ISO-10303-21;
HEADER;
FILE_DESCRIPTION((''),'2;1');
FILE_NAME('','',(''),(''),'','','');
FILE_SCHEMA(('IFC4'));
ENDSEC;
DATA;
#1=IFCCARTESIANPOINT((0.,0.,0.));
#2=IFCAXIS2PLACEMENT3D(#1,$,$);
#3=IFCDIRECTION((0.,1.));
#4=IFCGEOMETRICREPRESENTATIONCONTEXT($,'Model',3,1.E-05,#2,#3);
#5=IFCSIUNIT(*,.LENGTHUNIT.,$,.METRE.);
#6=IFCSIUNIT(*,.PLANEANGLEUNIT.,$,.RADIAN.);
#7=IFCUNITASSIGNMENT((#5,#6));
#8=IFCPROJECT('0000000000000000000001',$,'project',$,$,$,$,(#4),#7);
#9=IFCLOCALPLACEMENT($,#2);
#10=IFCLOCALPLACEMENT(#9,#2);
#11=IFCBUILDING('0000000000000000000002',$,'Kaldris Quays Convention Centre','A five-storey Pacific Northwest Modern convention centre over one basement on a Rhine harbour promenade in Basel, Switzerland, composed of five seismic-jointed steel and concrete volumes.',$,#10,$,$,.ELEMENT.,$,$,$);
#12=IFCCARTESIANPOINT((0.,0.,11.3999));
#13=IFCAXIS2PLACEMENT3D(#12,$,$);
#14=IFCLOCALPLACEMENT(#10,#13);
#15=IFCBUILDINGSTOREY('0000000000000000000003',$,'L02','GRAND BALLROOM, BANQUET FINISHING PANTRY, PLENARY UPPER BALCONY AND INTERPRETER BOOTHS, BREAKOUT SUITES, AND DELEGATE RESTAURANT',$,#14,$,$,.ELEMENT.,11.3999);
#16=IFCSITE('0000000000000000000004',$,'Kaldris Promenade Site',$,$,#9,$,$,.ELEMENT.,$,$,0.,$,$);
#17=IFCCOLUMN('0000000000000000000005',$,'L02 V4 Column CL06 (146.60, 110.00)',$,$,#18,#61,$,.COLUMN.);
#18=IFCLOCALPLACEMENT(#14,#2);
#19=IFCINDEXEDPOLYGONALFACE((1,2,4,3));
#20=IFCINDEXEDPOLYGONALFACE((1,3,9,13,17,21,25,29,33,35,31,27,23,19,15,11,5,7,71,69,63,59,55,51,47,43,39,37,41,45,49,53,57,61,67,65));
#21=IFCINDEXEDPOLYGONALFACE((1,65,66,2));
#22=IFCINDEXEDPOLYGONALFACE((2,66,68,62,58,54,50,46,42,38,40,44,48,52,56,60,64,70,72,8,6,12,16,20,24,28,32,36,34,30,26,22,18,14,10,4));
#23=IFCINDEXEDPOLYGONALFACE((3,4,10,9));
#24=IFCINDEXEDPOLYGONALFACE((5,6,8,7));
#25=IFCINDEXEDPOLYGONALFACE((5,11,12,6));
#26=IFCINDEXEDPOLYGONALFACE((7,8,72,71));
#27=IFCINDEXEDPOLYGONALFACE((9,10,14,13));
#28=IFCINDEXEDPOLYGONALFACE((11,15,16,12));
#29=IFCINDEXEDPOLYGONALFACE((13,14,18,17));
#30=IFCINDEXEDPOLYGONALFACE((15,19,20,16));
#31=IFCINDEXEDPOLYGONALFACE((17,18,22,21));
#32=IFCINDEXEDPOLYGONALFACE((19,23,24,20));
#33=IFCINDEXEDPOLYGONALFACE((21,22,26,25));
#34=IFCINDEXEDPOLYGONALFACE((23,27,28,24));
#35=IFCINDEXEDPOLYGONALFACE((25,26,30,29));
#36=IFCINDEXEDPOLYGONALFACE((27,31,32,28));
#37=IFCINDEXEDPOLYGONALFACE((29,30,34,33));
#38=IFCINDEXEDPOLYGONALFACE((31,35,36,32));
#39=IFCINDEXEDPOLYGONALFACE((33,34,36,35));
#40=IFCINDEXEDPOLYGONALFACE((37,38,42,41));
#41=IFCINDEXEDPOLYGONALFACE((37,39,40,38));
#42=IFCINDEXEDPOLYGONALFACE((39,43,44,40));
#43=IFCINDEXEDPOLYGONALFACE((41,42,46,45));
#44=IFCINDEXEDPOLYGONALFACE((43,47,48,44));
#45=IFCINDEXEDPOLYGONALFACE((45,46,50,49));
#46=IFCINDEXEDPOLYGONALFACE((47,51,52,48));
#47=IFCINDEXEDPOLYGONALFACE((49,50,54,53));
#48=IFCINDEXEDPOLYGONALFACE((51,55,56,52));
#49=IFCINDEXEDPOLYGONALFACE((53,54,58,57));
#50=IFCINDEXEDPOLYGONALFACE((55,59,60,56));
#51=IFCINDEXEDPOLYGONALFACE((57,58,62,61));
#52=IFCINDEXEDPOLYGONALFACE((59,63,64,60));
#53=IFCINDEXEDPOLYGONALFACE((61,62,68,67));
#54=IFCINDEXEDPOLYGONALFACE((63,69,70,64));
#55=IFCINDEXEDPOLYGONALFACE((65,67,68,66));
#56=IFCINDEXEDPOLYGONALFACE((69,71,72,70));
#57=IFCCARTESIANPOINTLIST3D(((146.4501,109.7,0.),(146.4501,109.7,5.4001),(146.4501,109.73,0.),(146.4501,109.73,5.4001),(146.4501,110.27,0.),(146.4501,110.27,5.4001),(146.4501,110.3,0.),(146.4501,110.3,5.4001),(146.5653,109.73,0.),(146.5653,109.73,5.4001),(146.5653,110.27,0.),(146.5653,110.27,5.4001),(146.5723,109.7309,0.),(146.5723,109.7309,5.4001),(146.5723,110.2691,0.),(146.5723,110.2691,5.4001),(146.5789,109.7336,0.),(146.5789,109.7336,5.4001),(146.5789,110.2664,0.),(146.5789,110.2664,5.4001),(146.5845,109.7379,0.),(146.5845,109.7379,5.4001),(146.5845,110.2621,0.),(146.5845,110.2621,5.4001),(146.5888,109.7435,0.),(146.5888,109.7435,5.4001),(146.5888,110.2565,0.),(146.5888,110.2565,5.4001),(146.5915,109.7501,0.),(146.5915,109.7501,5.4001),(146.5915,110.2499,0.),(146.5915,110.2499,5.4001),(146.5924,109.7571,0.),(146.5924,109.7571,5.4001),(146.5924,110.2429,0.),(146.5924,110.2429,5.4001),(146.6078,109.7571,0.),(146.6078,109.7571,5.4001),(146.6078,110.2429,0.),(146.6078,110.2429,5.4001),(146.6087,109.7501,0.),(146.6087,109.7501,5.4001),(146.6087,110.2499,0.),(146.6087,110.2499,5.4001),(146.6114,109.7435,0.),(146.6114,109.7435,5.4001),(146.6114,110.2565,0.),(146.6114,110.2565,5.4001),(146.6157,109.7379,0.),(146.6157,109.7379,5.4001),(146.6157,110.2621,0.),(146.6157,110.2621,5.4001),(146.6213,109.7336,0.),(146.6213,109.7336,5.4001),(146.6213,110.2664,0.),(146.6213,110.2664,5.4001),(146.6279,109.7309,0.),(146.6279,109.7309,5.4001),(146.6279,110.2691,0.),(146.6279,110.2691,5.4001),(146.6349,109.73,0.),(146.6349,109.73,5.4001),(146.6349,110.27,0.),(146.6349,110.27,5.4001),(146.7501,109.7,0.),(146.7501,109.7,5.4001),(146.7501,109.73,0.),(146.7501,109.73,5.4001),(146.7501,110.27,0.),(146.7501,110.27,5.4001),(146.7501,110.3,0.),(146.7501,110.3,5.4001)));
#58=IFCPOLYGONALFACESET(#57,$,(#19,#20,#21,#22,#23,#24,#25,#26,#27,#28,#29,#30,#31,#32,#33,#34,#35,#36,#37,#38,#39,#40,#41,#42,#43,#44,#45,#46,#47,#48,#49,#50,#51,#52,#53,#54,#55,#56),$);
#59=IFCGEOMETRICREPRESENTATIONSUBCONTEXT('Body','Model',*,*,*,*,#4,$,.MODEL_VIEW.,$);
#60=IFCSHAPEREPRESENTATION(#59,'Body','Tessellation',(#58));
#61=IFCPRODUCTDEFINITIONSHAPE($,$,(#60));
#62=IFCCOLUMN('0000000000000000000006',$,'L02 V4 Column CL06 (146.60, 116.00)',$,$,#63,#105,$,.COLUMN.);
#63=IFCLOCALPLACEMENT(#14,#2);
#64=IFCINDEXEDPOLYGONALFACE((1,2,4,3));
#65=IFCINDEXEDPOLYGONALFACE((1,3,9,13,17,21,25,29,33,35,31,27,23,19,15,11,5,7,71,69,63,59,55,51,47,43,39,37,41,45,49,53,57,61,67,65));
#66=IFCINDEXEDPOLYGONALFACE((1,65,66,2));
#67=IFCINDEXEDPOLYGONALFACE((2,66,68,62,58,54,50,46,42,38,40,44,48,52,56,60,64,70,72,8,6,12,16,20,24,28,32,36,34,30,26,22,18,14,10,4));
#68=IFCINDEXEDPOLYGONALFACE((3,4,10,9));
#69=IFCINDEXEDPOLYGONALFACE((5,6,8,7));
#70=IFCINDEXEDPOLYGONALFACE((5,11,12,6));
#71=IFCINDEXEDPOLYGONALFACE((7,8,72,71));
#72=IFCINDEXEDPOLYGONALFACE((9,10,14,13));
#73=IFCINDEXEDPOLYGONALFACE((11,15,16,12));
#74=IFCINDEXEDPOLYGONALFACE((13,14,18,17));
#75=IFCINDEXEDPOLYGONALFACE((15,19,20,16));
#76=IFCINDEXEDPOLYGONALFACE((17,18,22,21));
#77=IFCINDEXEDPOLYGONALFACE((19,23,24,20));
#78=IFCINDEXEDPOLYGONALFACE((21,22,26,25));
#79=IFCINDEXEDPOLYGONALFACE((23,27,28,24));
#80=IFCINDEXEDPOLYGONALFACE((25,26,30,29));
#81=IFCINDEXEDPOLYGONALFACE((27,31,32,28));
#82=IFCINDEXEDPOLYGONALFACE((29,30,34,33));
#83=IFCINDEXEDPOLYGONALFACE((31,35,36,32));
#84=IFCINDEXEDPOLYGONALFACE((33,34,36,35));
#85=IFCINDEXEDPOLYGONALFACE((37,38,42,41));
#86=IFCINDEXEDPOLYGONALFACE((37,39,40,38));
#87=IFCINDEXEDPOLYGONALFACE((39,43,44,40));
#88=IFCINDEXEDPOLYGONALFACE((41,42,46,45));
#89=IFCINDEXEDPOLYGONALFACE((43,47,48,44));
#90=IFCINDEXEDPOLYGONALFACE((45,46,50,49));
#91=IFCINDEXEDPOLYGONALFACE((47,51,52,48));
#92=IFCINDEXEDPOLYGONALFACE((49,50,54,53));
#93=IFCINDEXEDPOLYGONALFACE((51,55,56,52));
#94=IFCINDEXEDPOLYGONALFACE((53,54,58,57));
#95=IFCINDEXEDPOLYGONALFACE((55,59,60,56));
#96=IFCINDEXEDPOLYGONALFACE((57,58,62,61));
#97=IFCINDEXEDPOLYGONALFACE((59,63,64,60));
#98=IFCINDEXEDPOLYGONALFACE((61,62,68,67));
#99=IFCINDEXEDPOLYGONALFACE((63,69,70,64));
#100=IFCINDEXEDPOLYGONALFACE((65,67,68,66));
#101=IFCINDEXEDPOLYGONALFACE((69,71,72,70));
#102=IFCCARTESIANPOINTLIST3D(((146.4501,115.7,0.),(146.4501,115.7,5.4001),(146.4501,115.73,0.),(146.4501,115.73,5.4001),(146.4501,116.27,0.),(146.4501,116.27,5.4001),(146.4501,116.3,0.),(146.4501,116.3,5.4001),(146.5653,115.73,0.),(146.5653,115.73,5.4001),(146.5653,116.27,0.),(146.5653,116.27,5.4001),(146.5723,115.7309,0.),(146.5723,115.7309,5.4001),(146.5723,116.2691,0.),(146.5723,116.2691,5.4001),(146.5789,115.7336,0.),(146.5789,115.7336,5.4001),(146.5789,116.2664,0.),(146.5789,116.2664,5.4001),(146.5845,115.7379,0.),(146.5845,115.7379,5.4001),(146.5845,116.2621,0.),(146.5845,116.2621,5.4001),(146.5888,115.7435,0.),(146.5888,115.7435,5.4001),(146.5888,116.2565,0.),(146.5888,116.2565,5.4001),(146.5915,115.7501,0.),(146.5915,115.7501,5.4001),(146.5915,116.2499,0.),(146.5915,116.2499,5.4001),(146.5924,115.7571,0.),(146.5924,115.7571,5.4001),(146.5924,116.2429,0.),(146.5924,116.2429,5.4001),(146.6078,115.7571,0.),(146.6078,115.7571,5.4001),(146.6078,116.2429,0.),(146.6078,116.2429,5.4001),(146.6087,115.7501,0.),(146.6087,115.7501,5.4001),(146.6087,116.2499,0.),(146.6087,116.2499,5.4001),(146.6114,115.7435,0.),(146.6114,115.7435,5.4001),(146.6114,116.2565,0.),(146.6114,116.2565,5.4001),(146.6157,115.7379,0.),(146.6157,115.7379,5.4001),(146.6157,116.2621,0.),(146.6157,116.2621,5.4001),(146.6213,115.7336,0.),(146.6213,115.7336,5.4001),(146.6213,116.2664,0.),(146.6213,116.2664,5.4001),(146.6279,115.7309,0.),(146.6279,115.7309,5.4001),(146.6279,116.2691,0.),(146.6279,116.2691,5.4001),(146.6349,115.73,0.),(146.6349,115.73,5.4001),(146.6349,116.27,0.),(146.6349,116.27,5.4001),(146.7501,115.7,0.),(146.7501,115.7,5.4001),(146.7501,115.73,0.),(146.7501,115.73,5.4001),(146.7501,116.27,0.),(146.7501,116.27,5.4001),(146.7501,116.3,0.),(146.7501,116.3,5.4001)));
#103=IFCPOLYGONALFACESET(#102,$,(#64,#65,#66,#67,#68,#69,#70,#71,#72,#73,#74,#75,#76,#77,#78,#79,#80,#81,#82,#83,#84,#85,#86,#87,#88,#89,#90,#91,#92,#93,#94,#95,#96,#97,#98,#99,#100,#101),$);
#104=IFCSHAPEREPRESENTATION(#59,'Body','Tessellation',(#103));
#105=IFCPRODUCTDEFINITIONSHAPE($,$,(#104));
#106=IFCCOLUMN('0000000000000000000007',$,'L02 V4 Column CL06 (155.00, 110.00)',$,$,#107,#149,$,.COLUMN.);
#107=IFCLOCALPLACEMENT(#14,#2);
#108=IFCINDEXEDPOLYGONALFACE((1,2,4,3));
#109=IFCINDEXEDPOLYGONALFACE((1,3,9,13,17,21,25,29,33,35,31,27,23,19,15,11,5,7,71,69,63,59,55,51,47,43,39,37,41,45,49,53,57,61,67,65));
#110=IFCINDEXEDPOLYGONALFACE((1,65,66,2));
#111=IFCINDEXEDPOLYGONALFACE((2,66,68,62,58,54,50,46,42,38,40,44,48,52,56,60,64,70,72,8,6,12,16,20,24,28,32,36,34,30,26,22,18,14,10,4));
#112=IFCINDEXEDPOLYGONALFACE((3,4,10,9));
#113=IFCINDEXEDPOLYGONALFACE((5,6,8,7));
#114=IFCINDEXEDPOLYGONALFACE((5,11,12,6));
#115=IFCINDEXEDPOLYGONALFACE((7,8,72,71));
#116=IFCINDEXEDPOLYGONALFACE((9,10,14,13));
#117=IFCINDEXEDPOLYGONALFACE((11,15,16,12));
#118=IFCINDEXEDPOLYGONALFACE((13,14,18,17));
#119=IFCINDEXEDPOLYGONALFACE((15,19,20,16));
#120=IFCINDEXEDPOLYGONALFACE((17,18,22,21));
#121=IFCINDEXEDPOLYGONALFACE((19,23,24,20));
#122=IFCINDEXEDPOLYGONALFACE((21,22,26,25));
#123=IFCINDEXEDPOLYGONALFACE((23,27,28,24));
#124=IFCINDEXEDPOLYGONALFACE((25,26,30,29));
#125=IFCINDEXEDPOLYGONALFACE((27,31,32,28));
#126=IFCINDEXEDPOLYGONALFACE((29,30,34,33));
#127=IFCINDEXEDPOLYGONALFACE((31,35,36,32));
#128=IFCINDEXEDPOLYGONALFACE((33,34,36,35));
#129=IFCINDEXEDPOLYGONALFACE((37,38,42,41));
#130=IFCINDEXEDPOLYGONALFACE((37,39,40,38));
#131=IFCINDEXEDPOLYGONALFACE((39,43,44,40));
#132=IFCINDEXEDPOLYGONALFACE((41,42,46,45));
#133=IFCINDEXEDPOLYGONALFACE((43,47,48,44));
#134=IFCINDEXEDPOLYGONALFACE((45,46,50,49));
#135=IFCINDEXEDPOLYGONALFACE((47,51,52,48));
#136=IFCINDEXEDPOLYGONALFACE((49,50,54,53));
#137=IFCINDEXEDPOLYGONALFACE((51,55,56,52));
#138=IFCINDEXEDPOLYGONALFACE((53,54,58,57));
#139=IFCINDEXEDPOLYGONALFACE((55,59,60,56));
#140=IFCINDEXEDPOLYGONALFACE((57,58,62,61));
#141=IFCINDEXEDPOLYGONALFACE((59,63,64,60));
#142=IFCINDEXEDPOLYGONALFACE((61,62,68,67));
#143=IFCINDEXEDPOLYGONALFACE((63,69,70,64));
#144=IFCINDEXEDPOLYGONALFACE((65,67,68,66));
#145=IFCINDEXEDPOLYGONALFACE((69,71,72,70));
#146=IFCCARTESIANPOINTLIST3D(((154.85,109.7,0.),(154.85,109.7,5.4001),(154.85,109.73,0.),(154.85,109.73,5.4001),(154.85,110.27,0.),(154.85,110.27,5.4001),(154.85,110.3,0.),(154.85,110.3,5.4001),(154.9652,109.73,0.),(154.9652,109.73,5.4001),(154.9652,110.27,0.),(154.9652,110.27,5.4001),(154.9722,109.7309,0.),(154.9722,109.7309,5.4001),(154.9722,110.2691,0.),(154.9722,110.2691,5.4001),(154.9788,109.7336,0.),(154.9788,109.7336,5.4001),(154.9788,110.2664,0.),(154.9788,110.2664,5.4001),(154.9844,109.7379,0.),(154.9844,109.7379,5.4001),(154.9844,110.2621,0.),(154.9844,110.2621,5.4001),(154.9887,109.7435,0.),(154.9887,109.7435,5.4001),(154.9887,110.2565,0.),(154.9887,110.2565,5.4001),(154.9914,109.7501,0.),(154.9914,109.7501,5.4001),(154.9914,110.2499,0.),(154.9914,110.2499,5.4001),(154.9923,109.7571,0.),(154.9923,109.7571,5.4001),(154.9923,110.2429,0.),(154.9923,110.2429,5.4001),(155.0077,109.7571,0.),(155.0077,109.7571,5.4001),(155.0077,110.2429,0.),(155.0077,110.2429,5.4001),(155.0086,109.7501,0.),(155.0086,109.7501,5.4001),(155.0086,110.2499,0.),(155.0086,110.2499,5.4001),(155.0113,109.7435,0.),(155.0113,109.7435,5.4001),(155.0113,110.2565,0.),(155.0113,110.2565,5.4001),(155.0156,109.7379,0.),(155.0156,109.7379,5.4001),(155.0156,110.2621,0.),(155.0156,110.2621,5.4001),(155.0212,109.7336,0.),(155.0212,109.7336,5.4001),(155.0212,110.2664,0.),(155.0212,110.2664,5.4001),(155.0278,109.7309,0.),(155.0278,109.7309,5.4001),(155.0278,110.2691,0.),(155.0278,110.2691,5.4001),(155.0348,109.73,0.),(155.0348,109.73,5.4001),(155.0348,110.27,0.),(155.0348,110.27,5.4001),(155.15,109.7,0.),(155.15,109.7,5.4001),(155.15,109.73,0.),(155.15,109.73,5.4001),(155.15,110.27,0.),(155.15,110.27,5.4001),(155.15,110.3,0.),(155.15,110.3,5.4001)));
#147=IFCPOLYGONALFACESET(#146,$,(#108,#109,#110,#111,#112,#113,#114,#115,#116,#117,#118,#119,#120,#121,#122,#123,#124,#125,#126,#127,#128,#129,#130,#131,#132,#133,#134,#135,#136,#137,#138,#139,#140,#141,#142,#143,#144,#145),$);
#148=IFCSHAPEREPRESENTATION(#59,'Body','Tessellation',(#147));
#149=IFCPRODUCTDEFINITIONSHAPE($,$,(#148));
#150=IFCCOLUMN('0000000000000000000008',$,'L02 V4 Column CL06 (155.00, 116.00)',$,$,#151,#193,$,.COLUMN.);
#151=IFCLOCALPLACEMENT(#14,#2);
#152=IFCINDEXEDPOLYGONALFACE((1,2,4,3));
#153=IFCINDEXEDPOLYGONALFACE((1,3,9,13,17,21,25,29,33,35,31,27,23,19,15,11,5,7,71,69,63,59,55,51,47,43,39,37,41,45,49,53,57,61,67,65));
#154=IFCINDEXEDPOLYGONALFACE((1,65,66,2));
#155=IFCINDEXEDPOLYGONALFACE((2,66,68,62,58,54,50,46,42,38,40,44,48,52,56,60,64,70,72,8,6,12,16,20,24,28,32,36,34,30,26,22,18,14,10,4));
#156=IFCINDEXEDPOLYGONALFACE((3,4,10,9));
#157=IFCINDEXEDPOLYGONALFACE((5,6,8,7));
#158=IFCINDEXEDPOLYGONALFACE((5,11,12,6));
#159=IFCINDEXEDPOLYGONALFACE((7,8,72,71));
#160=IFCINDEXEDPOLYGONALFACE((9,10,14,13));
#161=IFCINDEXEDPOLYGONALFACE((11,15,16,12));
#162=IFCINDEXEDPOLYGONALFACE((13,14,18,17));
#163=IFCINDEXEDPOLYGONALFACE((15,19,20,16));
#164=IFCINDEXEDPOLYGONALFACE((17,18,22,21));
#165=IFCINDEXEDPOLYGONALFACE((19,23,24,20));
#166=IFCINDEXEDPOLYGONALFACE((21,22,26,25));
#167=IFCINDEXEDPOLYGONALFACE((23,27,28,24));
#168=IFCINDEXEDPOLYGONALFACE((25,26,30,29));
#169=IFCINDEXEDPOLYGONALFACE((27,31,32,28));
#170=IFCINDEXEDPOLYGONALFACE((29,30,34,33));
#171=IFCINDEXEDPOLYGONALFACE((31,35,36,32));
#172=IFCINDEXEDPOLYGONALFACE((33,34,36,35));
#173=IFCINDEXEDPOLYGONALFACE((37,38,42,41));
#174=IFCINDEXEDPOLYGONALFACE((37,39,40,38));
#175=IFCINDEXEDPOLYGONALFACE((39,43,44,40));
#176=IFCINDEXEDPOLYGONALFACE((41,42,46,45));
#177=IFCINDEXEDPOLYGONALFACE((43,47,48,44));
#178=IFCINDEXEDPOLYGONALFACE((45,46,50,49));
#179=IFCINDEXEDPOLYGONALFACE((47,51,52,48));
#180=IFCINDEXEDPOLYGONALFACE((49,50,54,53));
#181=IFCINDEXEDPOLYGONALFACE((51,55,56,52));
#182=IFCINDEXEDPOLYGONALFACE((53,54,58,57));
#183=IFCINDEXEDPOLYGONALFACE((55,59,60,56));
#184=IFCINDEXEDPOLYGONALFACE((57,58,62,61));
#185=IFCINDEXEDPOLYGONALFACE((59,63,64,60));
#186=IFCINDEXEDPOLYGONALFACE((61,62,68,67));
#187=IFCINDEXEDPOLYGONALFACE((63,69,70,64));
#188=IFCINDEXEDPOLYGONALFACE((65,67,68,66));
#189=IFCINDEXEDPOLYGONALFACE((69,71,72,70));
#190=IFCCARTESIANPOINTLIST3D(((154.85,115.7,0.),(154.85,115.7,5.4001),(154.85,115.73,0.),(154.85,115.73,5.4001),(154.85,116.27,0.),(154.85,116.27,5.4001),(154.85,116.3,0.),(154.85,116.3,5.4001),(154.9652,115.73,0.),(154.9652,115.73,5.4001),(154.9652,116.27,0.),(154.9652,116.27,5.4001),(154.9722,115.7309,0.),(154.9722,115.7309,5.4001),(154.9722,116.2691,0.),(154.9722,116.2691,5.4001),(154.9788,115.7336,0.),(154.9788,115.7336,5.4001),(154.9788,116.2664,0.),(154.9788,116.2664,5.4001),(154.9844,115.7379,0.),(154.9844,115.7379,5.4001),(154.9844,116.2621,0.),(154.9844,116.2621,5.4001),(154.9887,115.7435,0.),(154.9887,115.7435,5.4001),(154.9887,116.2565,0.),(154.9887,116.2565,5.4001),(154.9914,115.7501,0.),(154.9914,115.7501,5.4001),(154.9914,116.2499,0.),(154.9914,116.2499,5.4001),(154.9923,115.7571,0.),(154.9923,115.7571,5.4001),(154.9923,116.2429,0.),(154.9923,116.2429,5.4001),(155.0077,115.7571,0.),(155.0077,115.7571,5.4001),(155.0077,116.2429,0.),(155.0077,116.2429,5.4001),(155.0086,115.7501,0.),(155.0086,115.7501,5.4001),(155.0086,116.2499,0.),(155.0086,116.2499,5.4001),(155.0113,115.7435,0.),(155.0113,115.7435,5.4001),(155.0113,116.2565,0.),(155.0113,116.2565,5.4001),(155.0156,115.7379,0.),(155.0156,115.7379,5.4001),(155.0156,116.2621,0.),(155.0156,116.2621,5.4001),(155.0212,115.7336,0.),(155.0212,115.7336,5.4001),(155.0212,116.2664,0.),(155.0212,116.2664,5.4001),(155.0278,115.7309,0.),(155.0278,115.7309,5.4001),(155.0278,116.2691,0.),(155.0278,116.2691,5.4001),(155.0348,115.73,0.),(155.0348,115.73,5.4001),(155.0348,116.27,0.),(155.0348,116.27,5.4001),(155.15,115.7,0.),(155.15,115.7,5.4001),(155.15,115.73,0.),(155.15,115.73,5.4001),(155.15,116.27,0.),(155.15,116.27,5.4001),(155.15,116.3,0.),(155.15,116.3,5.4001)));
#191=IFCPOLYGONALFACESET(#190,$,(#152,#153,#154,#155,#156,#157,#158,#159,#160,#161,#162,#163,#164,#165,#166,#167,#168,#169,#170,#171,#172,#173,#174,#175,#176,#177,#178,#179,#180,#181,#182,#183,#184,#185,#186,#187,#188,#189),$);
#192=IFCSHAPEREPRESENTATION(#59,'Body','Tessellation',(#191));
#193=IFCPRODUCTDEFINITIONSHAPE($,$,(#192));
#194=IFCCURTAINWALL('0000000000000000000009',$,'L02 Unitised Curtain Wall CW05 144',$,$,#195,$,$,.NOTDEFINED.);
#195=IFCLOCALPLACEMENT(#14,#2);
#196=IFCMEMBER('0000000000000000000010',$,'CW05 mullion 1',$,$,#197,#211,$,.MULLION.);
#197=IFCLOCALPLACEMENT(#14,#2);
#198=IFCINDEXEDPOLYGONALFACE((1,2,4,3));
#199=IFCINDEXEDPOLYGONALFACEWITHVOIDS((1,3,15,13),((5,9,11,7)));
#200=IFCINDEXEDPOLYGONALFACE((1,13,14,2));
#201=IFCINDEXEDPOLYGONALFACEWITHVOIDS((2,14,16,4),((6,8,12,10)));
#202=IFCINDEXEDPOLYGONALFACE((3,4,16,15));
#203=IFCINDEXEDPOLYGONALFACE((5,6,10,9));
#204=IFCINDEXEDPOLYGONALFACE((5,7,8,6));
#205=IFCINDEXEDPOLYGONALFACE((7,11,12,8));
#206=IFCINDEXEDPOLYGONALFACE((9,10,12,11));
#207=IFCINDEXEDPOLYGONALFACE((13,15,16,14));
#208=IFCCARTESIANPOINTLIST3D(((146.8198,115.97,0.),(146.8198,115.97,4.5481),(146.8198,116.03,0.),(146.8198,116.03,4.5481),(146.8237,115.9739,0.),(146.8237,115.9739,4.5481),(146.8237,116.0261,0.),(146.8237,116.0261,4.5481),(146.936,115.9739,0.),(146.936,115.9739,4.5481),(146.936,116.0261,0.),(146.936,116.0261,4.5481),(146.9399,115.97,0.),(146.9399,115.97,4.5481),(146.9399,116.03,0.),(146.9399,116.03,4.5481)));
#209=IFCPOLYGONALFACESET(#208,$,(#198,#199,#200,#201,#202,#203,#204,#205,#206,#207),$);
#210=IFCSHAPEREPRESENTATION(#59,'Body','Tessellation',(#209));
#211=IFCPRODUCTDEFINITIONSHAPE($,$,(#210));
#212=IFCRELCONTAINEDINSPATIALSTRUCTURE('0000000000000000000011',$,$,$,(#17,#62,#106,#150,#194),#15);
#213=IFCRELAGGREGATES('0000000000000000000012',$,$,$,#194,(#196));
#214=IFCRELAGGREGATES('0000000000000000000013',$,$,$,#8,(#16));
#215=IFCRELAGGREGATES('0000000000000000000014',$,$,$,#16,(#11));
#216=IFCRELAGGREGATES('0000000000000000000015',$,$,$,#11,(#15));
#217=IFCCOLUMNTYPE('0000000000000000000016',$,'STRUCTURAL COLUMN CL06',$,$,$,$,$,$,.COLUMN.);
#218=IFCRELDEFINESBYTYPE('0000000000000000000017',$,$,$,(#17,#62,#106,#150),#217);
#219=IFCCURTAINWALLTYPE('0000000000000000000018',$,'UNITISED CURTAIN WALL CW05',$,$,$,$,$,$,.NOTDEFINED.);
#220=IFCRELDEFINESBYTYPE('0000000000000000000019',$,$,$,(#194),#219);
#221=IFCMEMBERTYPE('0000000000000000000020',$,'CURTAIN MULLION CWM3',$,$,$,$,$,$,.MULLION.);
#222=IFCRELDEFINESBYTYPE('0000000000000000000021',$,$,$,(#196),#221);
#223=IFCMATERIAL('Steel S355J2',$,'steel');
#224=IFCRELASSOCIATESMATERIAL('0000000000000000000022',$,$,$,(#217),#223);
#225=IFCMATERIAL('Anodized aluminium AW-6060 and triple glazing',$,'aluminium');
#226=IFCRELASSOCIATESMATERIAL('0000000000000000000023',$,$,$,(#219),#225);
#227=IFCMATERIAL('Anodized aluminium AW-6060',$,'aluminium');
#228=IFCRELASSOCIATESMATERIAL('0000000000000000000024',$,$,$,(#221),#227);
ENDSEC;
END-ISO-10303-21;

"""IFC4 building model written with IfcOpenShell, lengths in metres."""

from ifc_helpers import new_model, si_unit, direction, frame, origin, origin_2d, place, context, subcontext, project, spatial, hollow_rectangle, i_section, extrude, material, material_profile, profile_set, type_object, element, aggregate, save


model = new_model("IFC4")

# Units and contexts
model_context = context("Model", 3, precision=1e-05, world=origin(), true_north=direction((0.0, 1.0)))
body_context = subcontext(model_context, "Body", "Model", "MODEL_VIEW")
ifc_project = project(units=[si_unit("LENGTHUNIT", "METRE"), si_unit("PLANEANGLEUNIT", "RADIAN")], contexts=[model_context])

# Site, building, storey
site_placement = place(None, origin())
site = spatial("IfcSite", under=ifc_project, at=site_placement, Name="Kaldris Promenade Site", CompositionType="ELEMENT", RefElevation=0.0)
building_placement = place(site_placement, origin())
building = spatial("IfcBuilding", under=site, at=building_placement, Name="Kaldris Quays Convention Centre", Description="A five-storey Pacific Northwest Modern convention centre over one basement on a Rhine harbour promenade in Basel, Switzerland, composed of five seismic-jointed steel and concrete volumes.", CompositionType="ELEMENT")
storey_placement = place(building_placement, frame((0.0, 0.0, 11.3999)))
storey = spatial("IfcBuildingStorey", under=building, at=storey_placement, Name="L02", Description="GRAND BALLROOM, BANQUET FINISHING PANTRY, PLENARY UPPER BALCONY AND INTERPRETER BOOTHS, BREAKOUT SUITES, AND DELEGATE RESTAURANT", CompositionType="ELEMENT", Elevation=11.3999)

# Columns
ifc_material_1 = material(Name="Steel S355J2", Category="steel")
ifc_material_profile_1 = material_profile(ifc_material_1, i_section(OverallWidth=0.3, OverallDepth=0.6001, WebThickness=0.0154, FlangeThickness=0.03, FilletRadius=0.0271, at=origin_2d()), Name="HEB 600")
ifc_profile_set_1 = profile_set([ifc_material_profile_1], Name="Steel S355J2")
column_type = type_object("IfcColumnType", Name="STRUCTURAL COLUMN CL06", PredefinedType="COLUMN", material=ifc_profile_set_1)
for number, where, z_axis, x_axis, name in (
    (1, (146.6001, 110.0, 0.0), (0.0, 0.0, 1.0), (1.0, 0.0, 0.0), "L02 V4 Column CL06 (146.60, 110.00)"),
    (2, (146.6001, 116.0, 0.0), (0.0, 0.0, 1.0), (1.0, 0.0, 0.0), "L02 V4 Column CL06 (146.60, 116.00)"),
    (3, (155.0, 110.0, 0.0), (0.0, 0.0, 1.0), (1.0, 0.0, 0.0), "L02 V4 Column CL06 (155.00, 110.00)"),
    (4, (155.0, 116.0, 0.0), (0.0, 0.0, 1.0), (1.0, 0.0, 0.0), "L02 V4 Column CL06 (155.00, 116.00)"),
):
    element("IfcColumn", number, at=place(storey_placement, frame(where, z_axis=z_axis, x_axis=x_axis)), inside=storey, type_object=column_type, Name=name, PredefinedType="COLUMN", context=body_context, shape_type="SweptSolid", body=[
        extrude(i_section(OverallWidth=0.3, OverallDepth=0.6001, WebThickness=0.0154, FlangeThickness=0.03, FilletRadius=0.0271, at=origin_2d()), origin(), (0.0, 0.0, 1.0), 5.4001),
    ])

# Curtain wall, member
ifc_material_2 = material(Name="Anodized aluminium AW-6060 and triple glazing", Category="aluminium")
curtain_wall_type = type_object("IfcCurtainWallType", Name="UNITISED CURTAIN WALL CW05", PredefinedType="NOTDEFINED", material=ifc_material_2)
curtain_wall_placement = place(storey_placement, origin())
curtain_wall = element("IfcCurtainWall", 5, at=curtain_wall_placement, inside=storey, type_object=curtain_wall_type, Name="L02 Unitised Curtain Wall CW05 144", PredefinedType="NOTDEFINED")
ifc_material_3 = material(Name="Anodized aluminium AW-6060", Category="aluminium")
ifc_material_profile_2 = material_profile(ifc_material_3, hollow_rectangle(XDim=0.0601, YDim=0.1201, WallThickness=0.0039, at=origin_2d()), Name="RHS 120x60x4")
ifc_profile_set_2 = profile_set([ifc_material_profile_2], Name="Anodized aluminium AW-6060")
member_type_1 = type_object("IfcMemberType", Name="CURTAIN MULLION CWM3", PredefinedType="MULLION", material=ifc_profile_set_2)
member_1_placement = place(storey_placement, frame((146.8799, 116.0, 0.0), z_axis=(0.0, 0.0, 1.0), x_axis=(0.0, 1.0, 0.0)))
member_1 = element("IfcMember", 6, at=member_1_placement, type_object=member_type_1, Name="CW05 mullion 1", PredefinedType="MULLION", context=body_context, shape_type="SweptSolid", body=[
    extrude(hollow_rectangle(XDim=0.0601, YDim=0.1201, WallThickness=0.0039, at=origin_2d()), origin(), (0.0, 0.0, 1.0), 4.5481),
])
aggregate(curtain_wall, [member_1])

save(model, "model.ifc")
